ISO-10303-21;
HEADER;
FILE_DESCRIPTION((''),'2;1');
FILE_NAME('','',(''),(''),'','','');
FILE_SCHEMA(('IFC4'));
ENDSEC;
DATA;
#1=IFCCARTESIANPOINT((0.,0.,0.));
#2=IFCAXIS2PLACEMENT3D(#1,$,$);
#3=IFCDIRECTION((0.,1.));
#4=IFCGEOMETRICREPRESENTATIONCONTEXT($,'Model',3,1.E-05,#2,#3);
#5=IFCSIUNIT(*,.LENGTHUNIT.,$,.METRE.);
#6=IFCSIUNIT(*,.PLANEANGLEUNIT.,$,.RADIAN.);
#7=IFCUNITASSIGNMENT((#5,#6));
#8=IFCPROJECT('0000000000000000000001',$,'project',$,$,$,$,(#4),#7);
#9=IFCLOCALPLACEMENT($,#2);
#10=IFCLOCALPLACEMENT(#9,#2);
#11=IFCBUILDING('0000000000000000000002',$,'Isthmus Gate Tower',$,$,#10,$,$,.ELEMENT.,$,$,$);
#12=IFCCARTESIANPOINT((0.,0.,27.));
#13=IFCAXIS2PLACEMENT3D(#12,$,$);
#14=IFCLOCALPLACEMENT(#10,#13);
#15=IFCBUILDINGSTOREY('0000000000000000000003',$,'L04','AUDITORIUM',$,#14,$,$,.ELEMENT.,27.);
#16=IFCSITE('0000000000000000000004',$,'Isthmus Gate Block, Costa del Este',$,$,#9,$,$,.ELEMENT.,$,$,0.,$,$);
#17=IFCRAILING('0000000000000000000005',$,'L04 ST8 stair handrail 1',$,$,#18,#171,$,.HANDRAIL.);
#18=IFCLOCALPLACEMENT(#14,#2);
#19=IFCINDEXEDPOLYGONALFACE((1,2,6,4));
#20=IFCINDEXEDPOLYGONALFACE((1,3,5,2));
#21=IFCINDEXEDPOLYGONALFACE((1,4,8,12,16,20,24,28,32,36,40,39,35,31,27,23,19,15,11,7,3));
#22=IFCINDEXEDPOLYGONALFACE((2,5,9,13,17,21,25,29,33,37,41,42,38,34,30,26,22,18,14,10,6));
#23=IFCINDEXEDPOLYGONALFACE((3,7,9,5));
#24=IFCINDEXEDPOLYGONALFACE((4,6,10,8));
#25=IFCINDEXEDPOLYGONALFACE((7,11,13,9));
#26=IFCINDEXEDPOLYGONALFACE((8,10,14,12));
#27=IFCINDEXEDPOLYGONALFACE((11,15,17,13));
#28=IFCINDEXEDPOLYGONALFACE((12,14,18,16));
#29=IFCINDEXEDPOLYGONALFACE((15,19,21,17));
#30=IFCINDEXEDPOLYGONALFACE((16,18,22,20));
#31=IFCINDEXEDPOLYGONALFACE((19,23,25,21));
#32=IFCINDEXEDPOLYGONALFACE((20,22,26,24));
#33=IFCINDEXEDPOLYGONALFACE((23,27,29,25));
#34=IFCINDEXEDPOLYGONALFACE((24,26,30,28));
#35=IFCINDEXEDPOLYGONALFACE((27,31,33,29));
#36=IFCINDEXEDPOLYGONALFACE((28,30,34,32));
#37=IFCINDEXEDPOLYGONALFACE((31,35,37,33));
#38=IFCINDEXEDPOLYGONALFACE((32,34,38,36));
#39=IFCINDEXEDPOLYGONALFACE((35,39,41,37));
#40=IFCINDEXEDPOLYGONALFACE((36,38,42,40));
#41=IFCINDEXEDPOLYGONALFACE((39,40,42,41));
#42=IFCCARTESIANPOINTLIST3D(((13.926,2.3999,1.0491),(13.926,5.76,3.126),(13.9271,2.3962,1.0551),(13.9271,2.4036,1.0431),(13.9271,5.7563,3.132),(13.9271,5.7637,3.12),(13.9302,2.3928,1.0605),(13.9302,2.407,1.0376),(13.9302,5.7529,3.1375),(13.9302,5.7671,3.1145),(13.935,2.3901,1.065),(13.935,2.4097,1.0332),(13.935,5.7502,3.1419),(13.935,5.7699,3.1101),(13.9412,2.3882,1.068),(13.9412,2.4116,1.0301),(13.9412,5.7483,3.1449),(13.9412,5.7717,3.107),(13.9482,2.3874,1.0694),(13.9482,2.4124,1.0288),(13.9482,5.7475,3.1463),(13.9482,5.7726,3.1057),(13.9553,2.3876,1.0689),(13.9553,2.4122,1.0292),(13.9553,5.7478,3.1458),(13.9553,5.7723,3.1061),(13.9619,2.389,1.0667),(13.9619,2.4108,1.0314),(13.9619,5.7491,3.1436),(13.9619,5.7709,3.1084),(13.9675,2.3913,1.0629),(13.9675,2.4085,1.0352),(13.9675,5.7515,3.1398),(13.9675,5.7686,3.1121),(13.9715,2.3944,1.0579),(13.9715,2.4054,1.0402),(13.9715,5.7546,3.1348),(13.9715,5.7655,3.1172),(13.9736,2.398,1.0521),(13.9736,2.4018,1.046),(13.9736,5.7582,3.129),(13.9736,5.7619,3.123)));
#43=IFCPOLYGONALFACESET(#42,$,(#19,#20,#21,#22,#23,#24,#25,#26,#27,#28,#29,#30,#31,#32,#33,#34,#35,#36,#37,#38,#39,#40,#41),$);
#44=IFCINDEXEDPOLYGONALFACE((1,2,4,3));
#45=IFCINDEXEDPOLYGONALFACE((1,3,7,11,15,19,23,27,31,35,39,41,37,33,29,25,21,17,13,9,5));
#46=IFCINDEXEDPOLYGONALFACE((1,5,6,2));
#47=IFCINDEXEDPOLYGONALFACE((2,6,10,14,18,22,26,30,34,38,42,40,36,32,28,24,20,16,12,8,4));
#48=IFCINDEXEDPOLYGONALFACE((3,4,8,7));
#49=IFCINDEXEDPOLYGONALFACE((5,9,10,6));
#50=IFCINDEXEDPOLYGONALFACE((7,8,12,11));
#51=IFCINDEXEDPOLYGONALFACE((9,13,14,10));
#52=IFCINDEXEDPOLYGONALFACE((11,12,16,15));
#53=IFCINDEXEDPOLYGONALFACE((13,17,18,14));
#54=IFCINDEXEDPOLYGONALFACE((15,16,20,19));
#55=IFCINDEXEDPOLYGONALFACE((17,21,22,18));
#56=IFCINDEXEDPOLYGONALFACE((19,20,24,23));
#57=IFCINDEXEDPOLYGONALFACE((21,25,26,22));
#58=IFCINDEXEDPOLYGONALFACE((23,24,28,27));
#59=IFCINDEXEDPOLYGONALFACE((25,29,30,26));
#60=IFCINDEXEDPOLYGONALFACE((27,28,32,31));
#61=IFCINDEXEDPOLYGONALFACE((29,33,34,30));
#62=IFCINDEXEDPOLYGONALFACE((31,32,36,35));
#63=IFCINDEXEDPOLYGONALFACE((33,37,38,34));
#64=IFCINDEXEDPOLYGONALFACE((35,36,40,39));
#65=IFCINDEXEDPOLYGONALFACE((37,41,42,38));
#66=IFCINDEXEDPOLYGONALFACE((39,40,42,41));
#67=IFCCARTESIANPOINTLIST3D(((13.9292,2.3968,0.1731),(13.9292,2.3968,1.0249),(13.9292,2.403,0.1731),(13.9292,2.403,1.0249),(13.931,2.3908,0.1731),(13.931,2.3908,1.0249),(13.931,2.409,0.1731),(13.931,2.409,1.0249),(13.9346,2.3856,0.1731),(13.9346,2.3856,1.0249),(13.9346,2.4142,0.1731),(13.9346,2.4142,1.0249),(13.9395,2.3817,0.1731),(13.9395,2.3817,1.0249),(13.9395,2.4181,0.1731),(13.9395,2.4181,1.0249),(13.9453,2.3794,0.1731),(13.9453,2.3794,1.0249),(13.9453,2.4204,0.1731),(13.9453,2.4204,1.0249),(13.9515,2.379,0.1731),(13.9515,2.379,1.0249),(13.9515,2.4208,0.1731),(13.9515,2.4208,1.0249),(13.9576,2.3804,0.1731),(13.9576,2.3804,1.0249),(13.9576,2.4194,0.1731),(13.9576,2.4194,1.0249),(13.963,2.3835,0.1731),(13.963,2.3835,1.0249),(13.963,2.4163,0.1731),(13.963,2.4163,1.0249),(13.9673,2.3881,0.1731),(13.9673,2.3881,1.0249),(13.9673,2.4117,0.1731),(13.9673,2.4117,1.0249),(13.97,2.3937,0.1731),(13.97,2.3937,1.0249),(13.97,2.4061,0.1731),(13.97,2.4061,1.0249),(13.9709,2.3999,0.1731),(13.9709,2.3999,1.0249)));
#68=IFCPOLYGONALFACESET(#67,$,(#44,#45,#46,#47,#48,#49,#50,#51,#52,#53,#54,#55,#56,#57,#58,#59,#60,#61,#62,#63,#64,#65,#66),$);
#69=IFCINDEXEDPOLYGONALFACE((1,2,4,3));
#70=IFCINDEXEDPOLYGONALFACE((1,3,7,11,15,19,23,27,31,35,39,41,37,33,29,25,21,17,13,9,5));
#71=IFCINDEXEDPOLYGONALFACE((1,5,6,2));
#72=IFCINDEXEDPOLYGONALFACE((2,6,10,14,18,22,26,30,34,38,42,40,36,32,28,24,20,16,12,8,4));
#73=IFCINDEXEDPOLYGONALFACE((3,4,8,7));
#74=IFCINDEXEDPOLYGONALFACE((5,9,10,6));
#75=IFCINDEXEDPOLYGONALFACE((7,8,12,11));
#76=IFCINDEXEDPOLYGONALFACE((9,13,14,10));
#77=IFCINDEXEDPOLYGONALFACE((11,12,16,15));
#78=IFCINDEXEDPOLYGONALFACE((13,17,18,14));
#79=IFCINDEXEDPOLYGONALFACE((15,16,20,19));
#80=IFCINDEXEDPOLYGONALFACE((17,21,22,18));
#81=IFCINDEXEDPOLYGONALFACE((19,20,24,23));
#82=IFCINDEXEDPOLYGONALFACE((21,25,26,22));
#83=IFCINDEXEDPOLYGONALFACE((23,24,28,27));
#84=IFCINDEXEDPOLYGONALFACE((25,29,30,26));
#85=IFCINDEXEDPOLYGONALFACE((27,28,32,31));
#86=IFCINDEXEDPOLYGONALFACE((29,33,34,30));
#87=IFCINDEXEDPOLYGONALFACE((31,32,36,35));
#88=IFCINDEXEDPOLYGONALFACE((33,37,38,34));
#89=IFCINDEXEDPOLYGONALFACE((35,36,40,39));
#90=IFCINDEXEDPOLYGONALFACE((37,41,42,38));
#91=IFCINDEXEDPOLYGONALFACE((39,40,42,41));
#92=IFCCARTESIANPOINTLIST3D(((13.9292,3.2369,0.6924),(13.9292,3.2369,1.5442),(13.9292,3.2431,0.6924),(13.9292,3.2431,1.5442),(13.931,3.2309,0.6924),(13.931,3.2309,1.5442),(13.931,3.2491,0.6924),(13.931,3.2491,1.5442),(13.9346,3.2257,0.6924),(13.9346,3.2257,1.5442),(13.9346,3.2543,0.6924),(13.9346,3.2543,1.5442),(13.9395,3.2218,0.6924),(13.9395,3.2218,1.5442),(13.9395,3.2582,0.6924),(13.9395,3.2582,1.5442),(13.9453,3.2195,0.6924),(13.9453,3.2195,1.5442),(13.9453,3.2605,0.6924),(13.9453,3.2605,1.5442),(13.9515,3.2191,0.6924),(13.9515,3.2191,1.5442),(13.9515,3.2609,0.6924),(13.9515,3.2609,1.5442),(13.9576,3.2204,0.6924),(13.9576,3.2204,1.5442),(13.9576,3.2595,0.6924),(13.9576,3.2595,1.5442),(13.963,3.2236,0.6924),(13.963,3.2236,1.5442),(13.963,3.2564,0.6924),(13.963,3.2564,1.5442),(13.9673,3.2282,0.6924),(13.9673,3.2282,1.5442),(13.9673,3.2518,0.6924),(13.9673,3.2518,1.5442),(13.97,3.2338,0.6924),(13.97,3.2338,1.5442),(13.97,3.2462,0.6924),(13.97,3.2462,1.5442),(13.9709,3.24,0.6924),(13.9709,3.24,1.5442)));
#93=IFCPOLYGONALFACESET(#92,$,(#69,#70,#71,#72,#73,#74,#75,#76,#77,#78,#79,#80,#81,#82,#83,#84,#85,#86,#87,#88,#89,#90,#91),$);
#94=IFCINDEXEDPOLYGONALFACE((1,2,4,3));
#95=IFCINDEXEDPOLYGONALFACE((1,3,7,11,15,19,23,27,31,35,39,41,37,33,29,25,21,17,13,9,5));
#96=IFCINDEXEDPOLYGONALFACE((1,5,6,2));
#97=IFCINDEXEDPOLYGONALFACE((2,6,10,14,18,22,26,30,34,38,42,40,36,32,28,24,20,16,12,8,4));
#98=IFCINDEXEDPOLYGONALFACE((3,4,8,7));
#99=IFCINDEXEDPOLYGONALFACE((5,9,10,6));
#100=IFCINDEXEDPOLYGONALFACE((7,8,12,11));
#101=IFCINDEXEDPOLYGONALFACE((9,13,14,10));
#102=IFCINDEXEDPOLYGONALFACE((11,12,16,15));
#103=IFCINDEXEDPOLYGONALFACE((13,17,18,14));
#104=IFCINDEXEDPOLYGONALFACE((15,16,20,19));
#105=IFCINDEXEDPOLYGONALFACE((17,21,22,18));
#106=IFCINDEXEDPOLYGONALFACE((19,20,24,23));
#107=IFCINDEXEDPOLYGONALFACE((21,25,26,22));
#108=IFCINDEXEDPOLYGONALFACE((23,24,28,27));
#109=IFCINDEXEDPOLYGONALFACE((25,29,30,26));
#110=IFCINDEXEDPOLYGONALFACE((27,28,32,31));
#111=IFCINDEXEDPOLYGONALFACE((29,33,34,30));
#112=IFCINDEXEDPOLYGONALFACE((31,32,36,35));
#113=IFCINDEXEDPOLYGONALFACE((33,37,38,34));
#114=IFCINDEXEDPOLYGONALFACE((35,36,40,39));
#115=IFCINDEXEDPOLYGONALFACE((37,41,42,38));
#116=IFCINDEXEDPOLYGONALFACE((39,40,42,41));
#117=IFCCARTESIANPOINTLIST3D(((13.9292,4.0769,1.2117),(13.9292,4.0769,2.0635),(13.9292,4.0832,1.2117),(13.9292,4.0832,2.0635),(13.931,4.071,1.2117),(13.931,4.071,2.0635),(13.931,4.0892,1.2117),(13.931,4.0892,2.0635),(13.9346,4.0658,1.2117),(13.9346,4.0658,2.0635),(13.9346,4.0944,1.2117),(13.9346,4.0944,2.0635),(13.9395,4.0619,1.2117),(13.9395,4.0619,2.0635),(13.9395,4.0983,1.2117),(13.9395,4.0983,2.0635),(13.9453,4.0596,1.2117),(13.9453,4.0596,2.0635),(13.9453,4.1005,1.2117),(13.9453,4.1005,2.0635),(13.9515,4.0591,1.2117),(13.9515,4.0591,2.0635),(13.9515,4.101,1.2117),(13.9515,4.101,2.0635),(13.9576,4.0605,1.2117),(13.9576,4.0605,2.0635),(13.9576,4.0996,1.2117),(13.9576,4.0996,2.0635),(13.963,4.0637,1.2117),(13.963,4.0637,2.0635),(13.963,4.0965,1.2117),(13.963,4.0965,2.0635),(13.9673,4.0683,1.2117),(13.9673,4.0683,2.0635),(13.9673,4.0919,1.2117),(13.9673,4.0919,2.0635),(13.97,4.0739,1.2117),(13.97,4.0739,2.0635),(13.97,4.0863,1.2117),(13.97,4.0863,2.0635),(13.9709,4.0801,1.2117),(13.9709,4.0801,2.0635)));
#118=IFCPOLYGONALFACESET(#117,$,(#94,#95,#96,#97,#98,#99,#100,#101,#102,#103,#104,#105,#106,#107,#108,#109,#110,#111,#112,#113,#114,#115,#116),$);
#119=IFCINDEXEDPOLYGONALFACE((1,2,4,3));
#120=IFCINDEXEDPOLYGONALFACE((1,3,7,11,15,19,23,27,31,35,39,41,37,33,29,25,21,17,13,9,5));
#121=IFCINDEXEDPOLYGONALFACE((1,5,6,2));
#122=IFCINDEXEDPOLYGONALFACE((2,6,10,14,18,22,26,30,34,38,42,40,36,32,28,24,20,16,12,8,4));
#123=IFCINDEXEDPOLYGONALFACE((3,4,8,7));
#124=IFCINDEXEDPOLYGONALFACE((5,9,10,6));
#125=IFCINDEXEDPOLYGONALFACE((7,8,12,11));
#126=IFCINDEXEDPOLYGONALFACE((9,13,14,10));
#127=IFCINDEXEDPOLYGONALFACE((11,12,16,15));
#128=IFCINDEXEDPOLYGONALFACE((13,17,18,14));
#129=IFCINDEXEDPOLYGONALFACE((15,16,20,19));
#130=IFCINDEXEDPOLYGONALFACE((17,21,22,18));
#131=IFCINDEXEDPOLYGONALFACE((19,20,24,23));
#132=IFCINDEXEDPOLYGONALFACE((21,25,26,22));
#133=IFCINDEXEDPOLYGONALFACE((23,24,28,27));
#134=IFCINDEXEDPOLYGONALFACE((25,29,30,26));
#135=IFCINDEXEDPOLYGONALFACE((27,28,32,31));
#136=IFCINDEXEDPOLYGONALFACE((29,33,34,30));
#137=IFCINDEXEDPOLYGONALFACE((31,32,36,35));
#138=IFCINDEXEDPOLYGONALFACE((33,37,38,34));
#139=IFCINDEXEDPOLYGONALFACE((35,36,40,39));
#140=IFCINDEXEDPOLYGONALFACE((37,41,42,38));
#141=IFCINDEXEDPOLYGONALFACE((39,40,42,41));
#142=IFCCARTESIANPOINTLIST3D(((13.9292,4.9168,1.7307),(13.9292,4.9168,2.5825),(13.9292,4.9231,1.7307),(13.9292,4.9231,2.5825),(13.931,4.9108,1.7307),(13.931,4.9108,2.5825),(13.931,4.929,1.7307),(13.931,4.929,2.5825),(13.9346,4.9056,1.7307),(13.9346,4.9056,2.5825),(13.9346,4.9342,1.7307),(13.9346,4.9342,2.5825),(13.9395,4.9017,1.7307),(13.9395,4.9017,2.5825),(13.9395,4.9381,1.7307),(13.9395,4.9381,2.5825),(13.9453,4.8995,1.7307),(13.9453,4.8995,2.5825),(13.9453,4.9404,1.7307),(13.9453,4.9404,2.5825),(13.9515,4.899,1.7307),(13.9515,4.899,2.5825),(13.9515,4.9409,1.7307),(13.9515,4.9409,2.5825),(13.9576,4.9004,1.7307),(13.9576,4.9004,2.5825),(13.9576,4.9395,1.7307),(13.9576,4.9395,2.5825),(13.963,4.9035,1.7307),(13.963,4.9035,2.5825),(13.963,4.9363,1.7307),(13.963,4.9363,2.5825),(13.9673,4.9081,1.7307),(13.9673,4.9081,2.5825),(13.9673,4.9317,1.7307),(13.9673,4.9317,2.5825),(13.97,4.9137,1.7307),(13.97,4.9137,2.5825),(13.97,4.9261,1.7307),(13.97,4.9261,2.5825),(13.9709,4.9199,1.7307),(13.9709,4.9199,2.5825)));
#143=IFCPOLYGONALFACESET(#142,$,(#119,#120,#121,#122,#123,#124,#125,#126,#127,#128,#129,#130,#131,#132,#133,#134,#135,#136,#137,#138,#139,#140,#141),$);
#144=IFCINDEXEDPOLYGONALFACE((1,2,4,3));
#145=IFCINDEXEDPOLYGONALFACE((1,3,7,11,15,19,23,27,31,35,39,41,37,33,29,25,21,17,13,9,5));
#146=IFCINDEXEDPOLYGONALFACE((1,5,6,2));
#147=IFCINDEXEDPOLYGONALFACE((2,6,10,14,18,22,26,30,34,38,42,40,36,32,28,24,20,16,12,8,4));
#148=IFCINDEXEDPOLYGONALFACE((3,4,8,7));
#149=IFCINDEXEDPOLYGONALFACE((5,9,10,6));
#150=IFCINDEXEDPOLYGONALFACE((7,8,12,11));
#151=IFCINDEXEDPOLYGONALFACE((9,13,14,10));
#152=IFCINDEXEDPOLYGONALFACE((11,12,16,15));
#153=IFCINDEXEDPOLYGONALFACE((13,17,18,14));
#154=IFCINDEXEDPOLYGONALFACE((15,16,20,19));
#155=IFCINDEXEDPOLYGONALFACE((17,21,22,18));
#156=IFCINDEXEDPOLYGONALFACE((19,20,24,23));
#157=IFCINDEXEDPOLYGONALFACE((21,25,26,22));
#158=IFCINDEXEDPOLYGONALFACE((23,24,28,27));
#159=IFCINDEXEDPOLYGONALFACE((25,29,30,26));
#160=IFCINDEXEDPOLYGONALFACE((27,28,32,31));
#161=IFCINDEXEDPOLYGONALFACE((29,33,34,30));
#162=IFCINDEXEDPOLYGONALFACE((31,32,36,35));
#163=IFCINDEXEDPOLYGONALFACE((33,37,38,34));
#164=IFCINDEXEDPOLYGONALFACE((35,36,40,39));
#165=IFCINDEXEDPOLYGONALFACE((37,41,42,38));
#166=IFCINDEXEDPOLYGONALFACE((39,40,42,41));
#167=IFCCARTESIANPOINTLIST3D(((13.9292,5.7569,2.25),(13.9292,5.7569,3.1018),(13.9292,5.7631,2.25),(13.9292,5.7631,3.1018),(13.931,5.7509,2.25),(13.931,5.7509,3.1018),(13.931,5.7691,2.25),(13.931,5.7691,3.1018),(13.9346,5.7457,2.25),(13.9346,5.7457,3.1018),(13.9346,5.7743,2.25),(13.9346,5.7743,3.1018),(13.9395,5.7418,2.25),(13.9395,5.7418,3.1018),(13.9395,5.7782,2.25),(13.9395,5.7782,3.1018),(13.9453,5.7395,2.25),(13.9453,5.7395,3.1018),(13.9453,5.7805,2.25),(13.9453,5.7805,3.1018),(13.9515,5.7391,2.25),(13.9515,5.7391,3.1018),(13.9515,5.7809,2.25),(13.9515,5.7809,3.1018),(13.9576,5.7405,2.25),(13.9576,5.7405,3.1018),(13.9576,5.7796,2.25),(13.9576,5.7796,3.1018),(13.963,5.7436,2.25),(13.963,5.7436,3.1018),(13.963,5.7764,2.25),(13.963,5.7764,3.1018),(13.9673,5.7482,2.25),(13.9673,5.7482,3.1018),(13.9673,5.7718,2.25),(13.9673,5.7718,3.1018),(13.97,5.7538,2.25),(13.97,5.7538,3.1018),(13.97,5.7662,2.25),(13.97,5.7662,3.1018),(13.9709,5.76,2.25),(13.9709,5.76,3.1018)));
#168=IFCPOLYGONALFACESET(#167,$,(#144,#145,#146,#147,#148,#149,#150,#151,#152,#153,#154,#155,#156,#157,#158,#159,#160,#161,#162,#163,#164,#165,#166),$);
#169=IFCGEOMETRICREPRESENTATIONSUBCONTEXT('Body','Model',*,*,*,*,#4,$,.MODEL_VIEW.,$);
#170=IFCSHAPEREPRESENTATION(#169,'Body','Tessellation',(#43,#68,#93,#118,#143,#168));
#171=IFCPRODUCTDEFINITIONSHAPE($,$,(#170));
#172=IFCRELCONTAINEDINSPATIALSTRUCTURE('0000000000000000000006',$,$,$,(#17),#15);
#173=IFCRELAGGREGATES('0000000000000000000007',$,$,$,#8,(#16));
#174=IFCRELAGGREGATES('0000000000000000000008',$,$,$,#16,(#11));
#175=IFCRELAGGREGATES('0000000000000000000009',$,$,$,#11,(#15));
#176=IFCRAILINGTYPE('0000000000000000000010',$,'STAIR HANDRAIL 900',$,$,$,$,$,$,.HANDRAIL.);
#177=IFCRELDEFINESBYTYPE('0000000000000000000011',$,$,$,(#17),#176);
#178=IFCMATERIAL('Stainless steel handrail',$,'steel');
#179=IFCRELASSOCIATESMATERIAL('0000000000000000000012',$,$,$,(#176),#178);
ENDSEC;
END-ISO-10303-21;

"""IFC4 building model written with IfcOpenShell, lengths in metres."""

from ifc_helpers import new_model, si_unit, direction, frame, origin, origin_2d, place, context, subcontext, project, spatial, circle, extrude, material, type_object, element, save


model = new_model("IFC4")

# Units and contexts
model_context = context("Model", 3, precision=1e-05, world=origin(), true_north=direction((0.0, 1.0)))
body_context = subcontext(model_context, "Body", "Model", "MODEL_VIEW")
ifc_project = project(units=[si_unit("LENGTHUNIT", "METRE"), si_unit("PLANEANGLEUNIT", "RADIAN")], contexts=[model_context])

# Site, building, storey
site_placement = place(None, origin())
site = spatial("IfcSite", under=ifc_project, at=site_placement, Name="Isthmus Gate Block, Costa del Este", CompositionType="ELEMENT", RefElevation=0.0)
building_placement = place(site_placement, origin())
building = spatial("IfcBuilding", under=site, at=building_placement, Name="Isthmus Gate Tower", CompositionType="ELEMENT")
storey_placement = place(building_placement, frame((0.0, 0.0, 27.0)))
storey = spatial("IfcBuildingStorey", under=building, at=storey_placement, Name="L04", Description="AUDITORIUM", CompositionType="ELEMENT", Elevation=27.0)

# Railing
ifc_material_1 = material(Name="Stainless steel handrail", Category="steel")
railing_type_1 = type_object("IfcRailingType", Name="STAIR HANDRAIL 900", PredefinedType="HANDRAIL", material=ifc_material_1)
for number, where, name in (
    (1, (13.95, 2.3999, 0.1731), "L04 ST8 stair handrail 1"),
):
    element("IfcRailing", number, at=place(storey_placement, frame(where)), inside=storey, type_object=railing_type_1, Name=name, PredefinedType="HANDRAIL", context=body_context, shape_type="SweptSolid", body=[
        extrude(circle(Radius=0.0239, at=origin_2d()), frame((0.0, 0.0, 0.876), z_axis=(0.0, 0.850623, 0.525776), x_axis=(-1.0, 0.0, 0.0)), (0.0, 0.0, 1.0), 3.9502),
        extrude(circle(Radius=0.021, at=origin_2d()), origin(), (0.0, 0.0, 1.0), 0.8518),
        extrude(circle(Radius=0.021, at=origin_2d()), frame((0.0, 0.8401, 0.5193)), (0.0, 0.0, 1.0), 0.8518),
        extrude(circle(Radius=0.021, at=origin_2d()), frame((0.0, 1.6802, 1.0386)), (0.0, 0.0, 1.0), 0.8518),
        extrude(circle(Radius=0.021, at=origin_2d()), frame((0.0, 2.52, 1.5576)), (0.0, 0.0, 1.0), 0.8518),
        extrude(circle(Radius=0.021, at=origin_2d()), frame((0.0, 3.3601, 2.0769)), (0.0, 0.0, 1.0), 0.8518),
    ])

save(model, "model.ifc")
